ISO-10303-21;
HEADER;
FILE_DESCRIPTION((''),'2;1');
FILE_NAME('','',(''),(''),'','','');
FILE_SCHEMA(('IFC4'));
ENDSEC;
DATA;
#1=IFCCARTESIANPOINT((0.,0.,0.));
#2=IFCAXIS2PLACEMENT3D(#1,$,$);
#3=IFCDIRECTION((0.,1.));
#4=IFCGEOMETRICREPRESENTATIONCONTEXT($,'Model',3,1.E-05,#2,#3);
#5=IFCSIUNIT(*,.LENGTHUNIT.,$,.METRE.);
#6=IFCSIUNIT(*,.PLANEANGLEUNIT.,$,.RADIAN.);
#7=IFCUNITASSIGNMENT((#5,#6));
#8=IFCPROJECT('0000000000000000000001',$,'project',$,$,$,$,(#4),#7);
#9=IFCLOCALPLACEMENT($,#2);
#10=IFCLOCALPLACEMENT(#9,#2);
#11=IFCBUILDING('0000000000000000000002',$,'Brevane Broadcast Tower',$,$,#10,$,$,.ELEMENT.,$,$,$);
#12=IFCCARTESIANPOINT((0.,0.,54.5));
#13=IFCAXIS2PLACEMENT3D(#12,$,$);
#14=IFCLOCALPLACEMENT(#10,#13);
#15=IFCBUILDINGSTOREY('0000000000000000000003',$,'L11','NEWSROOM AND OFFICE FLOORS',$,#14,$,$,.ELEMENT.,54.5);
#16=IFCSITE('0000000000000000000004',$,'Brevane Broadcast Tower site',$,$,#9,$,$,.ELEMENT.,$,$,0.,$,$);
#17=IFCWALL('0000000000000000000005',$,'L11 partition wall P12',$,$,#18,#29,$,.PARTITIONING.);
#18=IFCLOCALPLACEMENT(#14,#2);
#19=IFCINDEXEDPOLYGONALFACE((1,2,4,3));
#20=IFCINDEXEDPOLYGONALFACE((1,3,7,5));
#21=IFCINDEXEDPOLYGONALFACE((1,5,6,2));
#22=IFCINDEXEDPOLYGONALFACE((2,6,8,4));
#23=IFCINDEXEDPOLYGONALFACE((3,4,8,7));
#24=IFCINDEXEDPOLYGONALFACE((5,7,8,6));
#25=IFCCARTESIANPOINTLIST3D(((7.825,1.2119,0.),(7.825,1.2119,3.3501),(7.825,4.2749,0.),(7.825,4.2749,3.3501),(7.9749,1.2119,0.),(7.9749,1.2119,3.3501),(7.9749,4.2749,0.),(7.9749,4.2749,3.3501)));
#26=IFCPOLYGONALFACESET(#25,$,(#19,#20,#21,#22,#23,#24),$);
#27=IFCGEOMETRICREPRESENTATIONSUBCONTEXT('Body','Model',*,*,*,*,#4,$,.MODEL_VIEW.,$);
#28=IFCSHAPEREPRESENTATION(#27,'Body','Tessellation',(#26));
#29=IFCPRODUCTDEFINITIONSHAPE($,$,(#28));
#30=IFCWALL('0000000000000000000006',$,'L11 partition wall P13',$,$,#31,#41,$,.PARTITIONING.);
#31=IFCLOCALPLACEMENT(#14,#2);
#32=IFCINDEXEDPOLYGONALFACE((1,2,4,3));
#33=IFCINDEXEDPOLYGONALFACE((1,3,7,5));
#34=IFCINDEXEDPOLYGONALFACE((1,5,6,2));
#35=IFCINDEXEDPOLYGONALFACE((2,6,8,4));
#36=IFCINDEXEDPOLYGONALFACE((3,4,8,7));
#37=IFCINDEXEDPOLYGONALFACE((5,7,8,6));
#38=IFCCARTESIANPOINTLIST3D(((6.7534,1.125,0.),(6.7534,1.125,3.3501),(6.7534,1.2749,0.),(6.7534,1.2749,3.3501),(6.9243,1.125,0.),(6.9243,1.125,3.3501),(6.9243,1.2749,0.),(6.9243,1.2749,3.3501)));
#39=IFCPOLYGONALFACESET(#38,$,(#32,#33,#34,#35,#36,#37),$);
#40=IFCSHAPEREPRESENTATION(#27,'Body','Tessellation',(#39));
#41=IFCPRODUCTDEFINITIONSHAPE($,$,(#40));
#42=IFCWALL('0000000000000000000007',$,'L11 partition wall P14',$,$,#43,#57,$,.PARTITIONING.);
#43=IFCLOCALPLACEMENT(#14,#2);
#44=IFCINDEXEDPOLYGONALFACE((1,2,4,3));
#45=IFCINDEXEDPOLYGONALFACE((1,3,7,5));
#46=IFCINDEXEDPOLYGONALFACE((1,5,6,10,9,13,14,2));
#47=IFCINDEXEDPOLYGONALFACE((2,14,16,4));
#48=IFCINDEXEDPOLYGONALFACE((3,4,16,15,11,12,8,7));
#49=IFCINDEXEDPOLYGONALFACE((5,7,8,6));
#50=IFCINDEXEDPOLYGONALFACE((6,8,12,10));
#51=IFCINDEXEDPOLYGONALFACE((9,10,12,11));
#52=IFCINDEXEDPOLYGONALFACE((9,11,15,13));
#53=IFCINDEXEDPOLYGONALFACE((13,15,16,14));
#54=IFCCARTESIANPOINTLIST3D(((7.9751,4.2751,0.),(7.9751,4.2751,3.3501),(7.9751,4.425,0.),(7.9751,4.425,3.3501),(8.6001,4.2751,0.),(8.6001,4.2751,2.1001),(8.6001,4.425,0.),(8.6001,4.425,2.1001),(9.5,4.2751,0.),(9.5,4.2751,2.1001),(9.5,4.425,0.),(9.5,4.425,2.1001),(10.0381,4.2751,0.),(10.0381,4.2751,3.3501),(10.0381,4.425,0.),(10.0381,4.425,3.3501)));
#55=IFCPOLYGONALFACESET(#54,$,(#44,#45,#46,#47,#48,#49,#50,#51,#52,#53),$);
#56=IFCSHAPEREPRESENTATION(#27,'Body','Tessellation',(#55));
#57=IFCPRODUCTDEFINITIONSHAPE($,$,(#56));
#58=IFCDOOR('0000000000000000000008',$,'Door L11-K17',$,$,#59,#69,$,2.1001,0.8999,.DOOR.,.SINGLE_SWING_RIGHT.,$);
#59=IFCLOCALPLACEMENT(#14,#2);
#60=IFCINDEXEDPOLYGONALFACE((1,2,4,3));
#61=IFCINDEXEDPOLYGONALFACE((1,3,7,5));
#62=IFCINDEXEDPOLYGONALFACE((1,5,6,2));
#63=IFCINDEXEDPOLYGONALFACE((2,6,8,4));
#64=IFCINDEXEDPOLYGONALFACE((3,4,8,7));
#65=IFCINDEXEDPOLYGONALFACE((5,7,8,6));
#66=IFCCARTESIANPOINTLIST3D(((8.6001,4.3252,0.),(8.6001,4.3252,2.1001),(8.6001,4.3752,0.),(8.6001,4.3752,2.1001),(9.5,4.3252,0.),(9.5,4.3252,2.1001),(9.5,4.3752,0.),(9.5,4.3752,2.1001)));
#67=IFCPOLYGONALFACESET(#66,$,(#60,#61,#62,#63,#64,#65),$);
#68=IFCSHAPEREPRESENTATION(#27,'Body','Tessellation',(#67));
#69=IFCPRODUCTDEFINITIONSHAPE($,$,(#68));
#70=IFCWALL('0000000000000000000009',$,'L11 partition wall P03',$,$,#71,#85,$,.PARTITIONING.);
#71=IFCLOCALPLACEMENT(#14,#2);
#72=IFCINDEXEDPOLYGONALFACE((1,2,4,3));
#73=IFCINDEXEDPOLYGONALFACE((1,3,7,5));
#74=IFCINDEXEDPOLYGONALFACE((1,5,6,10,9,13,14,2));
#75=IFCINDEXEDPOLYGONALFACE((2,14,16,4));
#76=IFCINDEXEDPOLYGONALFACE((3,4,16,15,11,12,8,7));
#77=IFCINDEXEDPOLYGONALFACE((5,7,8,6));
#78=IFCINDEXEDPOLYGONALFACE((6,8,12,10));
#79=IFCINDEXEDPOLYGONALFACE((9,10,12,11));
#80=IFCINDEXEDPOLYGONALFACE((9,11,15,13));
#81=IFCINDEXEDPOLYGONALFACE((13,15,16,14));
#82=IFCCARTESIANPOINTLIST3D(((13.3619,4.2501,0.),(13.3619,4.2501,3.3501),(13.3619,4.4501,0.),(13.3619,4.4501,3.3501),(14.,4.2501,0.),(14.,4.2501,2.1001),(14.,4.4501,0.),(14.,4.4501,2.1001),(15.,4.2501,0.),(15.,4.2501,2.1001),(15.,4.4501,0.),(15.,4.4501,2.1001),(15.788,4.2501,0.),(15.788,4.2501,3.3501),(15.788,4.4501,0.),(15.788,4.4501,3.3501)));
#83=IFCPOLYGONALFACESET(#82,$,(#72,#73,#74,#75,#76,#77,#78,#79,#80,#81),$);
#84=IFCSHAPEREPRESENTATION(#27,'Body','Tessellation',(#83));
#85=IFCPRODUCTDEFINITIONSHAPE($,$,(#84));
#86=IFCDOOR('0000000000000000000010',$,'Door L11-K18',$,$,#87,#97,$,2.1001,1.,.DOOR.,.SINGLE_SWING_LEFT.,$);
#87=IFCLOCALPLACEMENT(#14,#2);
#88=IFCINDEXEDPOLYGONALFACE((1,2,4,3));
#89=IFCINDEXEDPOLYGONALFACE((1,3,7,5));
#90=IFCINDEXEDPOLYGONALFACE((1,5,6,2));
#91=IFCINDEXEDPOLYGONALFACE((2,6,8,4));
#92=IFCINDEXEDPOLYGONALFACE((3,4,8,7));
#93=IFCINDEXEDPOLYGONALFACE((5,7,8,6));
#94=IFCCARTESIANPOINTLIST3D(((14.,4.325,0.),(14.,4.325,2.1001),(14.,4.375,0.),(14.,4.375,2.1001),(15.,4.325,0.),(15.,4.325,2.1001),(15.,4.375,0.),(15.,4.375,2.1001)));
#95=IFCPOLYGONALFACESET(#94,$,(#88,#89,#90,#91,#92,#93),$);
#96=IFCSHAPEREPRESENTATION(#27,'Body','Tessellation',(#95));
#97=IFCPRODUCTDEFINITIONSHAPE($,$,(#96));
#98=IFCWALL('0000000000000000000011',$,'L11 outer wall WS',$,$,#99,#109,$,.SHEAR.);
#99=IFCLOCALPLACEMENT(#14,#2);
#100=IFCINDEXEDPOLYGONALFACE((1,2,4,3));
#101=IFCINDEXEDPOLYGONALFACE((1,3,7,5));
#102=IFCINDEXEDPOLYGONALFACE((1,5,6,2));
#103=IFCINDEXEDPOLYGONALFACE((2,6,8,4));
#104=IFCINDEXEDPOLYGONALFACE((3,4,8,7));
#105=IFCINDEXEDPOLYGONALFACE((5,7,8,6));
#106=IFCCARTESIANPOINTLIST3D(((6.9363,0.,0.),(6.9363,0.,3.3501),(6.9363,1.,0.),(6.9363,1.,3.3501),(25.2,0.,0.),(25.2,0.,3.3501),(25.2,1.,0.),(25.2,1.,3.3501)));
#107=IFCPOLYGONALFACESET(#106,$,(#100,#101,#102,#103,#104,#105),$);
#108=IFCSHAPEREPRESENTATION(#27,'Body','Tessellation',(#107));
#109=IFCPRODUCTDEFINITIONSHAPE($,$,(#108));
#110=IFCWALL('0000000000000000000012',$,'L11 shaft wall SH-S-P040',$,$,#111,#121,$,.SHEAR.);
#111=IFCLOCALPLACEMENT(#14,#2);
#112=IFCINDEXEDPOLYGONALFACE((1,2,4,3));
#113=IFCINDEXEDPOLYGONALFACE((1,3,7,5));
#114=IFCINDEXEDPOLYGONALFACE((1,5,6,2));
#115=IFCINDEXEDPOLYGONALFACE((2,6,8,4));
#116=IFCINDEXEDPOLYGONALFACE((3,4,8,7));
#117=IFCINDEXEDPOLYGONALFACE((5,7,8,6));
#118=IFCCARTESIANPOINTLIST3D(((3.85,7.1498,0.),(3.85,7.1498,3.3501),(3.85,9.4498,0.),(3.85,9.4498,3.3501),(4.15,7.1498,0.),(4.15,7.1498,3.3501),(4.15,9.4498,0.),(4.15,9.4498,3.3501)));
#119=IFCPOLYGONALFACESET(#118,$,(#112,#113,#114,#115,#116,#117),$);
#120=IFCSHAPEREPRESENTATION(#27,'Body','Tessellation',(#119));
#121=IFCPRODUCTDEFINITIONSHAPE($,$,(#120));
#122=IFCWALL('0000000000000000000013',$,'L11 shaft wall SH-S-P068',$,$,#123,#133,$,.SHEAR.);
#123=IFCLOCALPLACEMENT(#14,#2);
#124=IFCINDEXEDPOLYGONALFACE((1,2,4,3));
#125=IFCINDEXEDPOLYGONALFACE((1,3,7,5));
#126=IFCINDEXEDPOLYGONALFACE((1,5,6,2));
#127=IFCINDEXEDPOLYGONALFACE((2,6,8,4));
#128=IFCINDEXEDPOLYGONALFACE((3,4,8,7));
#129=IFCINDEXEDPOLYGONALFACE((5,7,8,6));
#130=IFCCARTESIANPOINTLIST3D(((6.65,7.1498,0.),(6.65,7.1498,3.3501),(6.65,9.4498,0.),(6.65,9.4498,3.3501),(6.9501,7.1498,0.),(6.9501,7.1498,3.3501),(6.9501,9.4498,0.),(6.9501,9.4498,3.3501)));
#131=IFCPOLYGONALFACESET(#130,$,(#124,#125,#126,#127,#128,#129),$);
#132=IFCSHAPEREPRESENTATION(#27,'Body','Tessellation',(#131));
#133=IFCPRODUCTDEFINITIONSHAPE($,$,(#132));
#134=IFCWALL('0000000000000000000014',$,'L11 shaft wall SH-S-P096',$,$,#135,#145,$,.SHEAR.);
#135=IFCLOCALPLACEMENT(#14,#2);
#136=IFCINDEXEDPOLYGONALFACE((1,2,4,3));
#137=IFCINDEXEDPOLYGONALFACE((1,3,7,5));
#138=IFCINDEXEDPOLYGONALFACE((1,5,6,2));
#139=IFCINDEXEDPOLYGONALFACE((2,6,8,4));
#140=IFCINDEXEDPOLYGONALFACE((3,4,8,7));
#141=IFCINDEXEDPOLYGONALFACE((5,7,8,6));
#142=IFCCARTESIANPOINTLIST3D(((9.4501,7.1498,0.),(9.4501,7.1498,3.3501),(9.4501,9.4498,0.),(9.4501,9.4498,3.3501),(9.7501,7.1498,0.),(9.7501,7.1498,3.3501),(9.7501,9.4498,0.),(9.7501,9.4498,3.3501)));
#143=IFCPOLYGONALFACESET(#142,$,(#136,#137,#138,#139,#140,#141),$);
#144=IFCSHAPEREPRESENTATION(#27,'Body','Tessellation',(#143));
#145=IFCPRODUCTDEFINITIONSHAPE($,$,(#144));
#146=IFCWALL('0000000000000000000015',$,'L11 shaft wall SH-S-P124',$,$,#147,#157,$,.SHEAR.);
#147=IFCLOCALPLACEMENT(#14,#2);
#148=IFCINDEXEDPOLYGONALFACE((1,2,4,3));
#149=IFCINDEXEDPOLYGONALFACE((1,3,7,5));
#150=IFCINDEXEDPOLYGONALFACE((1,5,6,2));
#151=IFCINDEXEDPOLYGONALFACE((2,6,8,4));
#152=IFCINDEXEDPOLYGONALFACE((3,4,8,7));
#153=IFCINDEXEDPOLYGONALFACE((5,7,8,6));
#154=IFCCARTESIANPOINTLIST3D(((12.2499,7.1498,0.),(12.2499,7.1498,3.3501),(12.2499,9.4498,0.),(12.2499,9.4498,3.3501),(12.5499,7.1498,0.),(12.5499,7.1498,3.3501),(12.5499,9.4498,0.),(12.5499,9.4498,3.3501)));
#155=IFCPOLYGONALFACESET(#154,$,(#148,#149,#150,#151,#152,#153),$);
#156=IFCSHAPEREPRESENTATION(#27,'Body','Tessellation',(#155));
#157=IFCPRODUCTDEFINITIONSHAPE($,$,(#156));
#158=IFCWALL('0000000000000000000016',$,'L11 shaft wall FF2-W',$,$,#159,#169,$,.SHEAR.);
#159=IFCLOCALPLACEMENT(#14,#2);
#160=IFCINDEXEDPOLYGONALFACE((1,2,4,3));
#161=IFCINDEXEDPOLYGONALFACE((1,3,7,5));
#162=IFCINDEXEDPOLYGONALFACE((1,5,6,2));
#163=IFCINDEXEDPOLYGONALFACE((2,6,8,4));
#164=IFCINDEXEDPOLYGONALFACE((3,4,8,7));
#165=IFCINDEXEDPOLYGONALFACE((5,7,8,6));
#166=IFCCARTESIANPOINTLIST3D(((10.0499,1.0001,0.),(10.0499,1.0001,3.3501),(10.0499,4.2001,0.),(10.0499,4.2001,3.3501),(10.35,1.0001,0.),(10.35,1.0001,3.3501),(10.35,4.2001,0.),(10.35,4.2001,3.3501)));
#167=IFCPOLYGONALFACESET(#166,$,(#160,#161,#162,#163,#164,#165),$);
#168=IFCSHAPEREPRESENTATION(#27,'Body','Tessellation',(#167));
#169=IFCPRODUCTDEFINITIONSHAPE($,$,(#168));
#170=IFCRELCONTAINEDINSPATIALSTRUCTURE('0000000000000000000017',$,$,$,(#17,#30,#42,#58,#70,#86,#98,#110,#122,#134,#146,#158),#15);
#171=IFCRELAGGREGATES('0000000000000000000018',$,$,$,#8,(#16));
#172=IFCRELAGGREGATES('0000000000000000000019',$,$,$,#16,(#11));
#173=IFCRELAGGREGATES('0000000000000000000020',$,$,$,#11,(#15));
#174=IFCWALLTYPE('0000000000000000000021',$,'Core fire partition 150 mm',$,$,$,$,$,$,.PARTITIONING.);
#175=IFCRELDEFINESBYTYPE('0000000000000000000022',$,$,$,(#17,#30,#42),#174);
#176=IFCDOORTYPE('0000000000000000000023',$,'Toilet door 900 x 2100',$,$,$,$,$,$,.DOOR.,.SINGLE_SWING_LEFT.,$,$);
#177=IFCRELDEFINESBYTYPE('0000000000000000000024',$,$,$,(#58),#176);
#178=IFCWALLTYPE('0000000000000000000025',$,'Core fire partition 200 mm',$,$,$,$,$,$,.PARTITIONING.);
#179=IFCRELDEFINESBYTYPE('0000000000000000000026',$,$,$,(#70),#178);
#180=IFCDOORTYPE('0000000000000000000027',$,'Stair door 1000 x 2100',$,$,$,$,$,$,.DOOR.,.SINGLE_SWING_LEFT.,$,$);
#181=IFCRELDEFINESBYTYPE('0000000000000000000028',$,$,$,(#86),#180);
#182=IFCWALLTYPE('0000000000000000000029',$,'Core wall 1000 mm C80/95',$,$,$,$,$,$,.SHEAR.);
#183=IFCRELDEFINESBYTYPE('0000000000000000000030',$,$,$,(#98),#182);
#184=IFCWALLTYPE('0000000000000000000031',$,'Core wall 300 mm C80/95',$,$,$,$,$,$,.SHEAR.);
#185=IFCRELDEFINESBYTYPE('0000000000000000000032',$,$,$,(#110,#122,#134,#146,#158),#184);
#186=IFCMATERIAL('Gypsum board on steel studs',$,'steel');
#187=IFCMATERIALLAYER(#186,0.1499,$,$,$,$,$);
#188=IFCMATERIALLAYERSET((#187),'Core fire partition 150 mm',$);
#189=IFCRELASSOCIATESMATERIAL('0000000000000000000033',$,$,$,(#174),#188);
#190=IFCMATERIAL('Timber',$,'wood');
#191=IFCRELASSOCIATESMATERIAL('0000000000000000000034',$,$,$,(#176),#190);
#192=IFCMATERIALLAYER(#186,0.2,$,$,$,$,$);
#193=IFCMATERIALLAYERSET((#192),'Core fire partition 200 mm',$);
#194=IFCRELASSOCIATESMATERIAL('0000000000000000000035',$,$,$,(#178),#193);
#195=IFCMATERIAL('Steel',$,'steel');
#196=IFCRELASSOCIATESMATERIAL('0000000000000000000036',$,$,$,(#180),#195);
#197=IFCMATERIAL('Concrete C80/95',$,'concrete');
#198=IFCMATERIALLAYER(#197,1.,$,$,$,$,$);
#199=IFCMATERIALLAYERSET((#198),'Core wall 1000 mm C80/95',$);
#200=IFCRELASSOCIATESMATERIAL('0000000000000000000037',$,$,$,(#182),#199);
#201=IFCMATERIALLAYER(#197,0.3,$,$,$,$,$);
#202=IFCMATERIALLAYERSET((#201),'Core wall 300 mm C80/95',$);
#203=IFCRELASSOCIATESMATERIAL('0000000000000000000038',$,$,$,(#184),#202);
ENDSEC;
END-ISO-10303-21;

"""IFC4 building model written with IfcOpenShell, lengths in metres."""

from ifc_helpers import new_model, si_unit, direction, frame, frame_2d, origin, place, context, subcontext, project, spatial, rectangle, extrude, material, layer, layer_set, type_object, element, fill, save


model = new_model("IFC4")

# Units and contexts
model_context = context("Model", 3, precision=1e-05, world=origin(), true_north=direction((0.0, 1.0)))
body_context = subcontext(model_context, "Body", "Model", "MODEL_VIEW")
ifc_project = project(units=[si_unit("LENGTHUNIT", "METRE"), si_unit("PLANEANGLEUNIT", "RADIAN")], contexts=[model_context])

# Site, building, storey
site_placement = place(None, origin())
site = spatial("IfcSite", under=ifc_project, at=site_placement, Name="Brevane Broadcast Tower site", CompositionType="ELEMENT", RefElevation=0.0)
building_placement = place(site_placement, origin())
building = spatial("IfcBuilding", under=site, at=building_placement, Name="Brevane Broadcast Tower", CompositionType="ELEMENT")
storey_placement = place(building_placement, frame((0.0, 0.0, 54.5)))
storey = spatial("IfcBuildingStorey", under=building, at=storey_placement, Name="L11", Description="NEWSROOM AND OFFICE FLOORS", CompositionType="ELEMENT", Elevation=54.5)

# Shared definitions
ifc_material_1 = material(Name="Gypsum board on steel studs", Category="steel")
ifc_layer_1 = layer(ifc_material_1, 0.1499)
ifc_layer_set_1 = layer_set([ifc_layer_1], Name="Core fire partition 150 mm")
wall_type_1 = type_object("IfcWallType", Name="Core fire partition 150 mm", PredefinedType="PARTITIONING", material=ifc_layer_set_1)

# Shared definitions
ifc_material_2 = material(Name="Timber", Category="wood")
door_type_1 = type_object("IfcDoorType", Name="Toilet door 900 x 2100", OperationType="SINGLE_SWING_LEFT", PredefinedType="DOOR", material=ifc_material_2)

# Walls
wall_1_placement = place(storey_placement, frame((7.8999, 4.2749, 0.0), z_axis=(0.0, 0.0, 1.0), x_axis=(0.0, -1.0, 0.0)))
element("IfcWall", 1, at=wall_1_placement, inside=storey, type_object=wall_type_1, Name="L11 partition wall P12", PredefinedType="PARTITIONING", context=body_context, shape_type="SweptSolid", body=[
    extrude(rectangle(XDim=3.063, YDim=0.1499, at=frame_2d((1.5315, 0.0))), origin(), (0.0, 0.0, 1.0), 3.3501),
])
wall_2_placement = place(storey_placement, frame((6.9243, 1.2, 0.0), z_axis=(0.0, 0.0, 1.0), x_axis=(-1.0, 0.0, 0.0)))
element("IfcWall", 2, at=wall_2_placement, inside=storey, type_object=wall_type_1, Name="L11 partition wall P13", PredefinedType="PARTITIONING", context=body_context, shape_type="SweptSolid", body=[
    extrude(rectangle(XDim=0.1709, YDim=0.1499, at=frame_2d((0.0854, 0.0))), origin(), (0.0, 0.0, 1.0), 3.3501),
])

# Walls, openings, doors
wall_3_placement = place(storey_placement, frame((10.0381, 4.3501, 0.0), z_axis=(0.0, 0.0, 1.0), x_axis=(-1.0, 0.0, 0.0)))
wall_3 = element("IfcWall", 3, at=wall_3_placement, inside=storey, type_object=wall_type_1, Name="L11 partition wall P14", PredefinedType="PARTITIONING", context=body_context, shape_type="SweptSolid", body=[
    extrude(rectangle(XDim=2.063, YDim=0.1499, at=frame_2d((1.0315, 0.0))), origin(), (0.0, 0.0, 1.0), 3.3501),
])
opening_1_placement = place(wall_3_placement, frame((0.5381, 0.0, 0.0)))
opening_1 = element("IfcOpeningElement", 4, at=opening_1_placement, cuts=wall_3, PredefinedType="OPENING", context=body_context, shape_type="SweptSolid", body=[
    extrude(rectangle(XDim=0.8999, YDim=2.1001, at=frame_2d((0.45, 1.05))), frame((0.0, 0.085, 0.0), z_axis=(0.0, -1.0, 0.0), x_axis=(1.0, 0.0, 0.0)), (0.0, 0.0, 1.0), 0.1699),
])
door_1_placement = place(opening_1_placement, origin())
door_1 = element("IfcDoor", 5, at=door_1_placement, inside=storey, type_object=door_type_1, Name="Door L11-K17", OperationType="SINGLE_SWING_RIGHT", OverallHeight=2.1001, OverallWidth=0.8999, PredefinedType="DOOR", context=body_context, shape_type="SweptSolid", body=[
    extrude(rectangle(XDim=0.8999, YDim=2.1001, at=frame_2d((0.45, 1.05))), frame((0.0, 0.0249, 0.0), z_axis=(0.0, -1.0, 0.0), x_axis=(1.0, 0.0, 0.0)), (0.0, 0.0, 1.0), 0.05),
])
fill(opening_1, door_1)
ifc_layer_2 = layer(ifc_material_1, 0.2)
ifc_layer_set_2 = layer_set([ifc_layer_2], Name="Core fire partition 200 mm")
wall_type_2 = type_object("IfcWallType", Name="Core fire partition 200 mm", PredefinedType="PARTITIONING", material=ifc_layer_set_2)
wall_4_placement = place(storey_placement, frame((13.3621, 4.3501, 0.0), z_axis=(0.0, 0.0, 1.0), x_axis=(1.0, 0.0, 0.0)))
wall_4 = element("IfcWall", 6, at=wall_4_placement, inside=storey, type_object=wall_type_2, Name="L11 partition wall P03", PredefinedType="PARTITIONING", context=body_context, shape_type="SweptSolid", body=[
    extrude(rectangle(XDim=2.426, YDim=0.2, at=frame_2d((1.2129, 0.0))), origin(), (0.0, 0.0, 1.0), 3.3501),
])
opening_2_placement = place(wall_4_placement, frame((0.6379, 0.0, 0.0)))
opening_2 = element("IfcOpeningElement", 7, at=opening_2_placement, cuts=wall_4, PredefinedType="OPENING", context=body_context, shape_type="SweptSolid", body=[
    extrude(rectangle(XDim=1.0, YDim=2.1001, at=frame_2d((0.5, 1.05))), frame((0.0, 0.1099, 0.0), z_axis=(0.0, -1.0, 0.0), x_axis=(1.0, 0.0, 0.0)), (0.0, 0.0, 1.0), 0.22),
])
ifc_material_3 = material(Name="Steel", Category="steel")
door_type_2 = type_object("IfcDoorType", Name="Stair door 1000 x 2100", OperationType="SINGLE_SWING_LEFT", PredefinedType="DOOR", material=ifc_material_3)
door_2_placement = place(opening_2_placement, origin())
door_2 = element("IfcDoor", 8, at=door_2_placement, inside=storey, type_object=door_type_2, Name="Door L11-K18", OperationType="SINGLE_SWING_LEFT", OverallHeight=2.1001, OverallWidth=1.0, PredefinedType="DOOR", context=body_context, shape_type="SweptSolid", body=[
    extrude(rectangle(XDim=1.0, YDim=2.1001, at=frame_2d((0.5, 1.05))), frame((0.0, 0.0249, 0.0), z_axis=(0.0, -1.0, 0.0), x_axis=(1.0, 0.0, 0.0)), (0.0, 0.0, 1.0), 0.05),
])
fill(opening_2, door_2)

# Walls
ifc_material_4 = material(Name="Concrete C80/95", Category="concrete")
ifc_layer_3 = layer(ifc_material_4, 1.0)
ifc_layer_set_3 = layer_set([ifc_layer_3], Name="Core wall 1000 mm C80/95")
wall_type_3 = type_object("IfcWallType", Name="Core wall 1000 mm C80/95", PredefinedType="SHEAR", material=ifc_layer_set_3)
wall_5_placement = place(storey_placement, frame((6.9363, 0.5, 0.0), z_axis=(0.0, 0.0, 1.0), x_axis=(1.0, 0.0, 0.0)))
element("IfcWall", 9, at=wall_5_placement, inside=storey, type_object=wall_type_3, Name="L11 outer wall WS", PredefinedType="SHEAR", context=body_context, shape_type="SweptSolid", body=[
    extrude(rectangle(XDim=18.2637, YDim=1.0, at=frame_2d((9.1318, 0.0))), origin(), (0.0, 0.0, 1.0), 3.3501),
])
ifc_layer_4 = layer(ifc_material_4, 0.3)
ifc_layer_set_4 = layer_set([ifc_layer_4], Name="Core wall 300 mm C80/95")
wall_type_4 = type_object("IfcWallType", Name="Core wall 300 mm C80/95", PredefinedType="SHEAR", material=ifc_layer_set_4)
for number, where, z_axis, x_axis, name in (
    (10, (4.0, 7.1499, 0.0), (0.0, 0.0, 1.0), (0.0, 1.0, 0.0), "L11 shaft wall SH-S-P040"),
    (11, (6.8, 7.1499, 0.0), (0.0, 0.0, 1.0), (0.0, 1.0, 0.0), "L11 shaft wall SH-S-P068"),
    (12, (9.6001, 7.1499, 0.0), (0.0, 0.0, 1.0), (0.0, 1.0, 0.0), "L11 shaft wall SH-S-P096"),
    (13, (12.3999, 7.1499, 0.0), (0.0, 0.0, 1.0), (0.0, 1.0, 0.0), "L11 shaft wall SH-S-P124"),
):
    element("IfcWall", number, at=place(storey_placement, frame(where, z_axis=z_axis, x_axis=x_axis)), inside=storey, type_object=wall_type_4, Name=name, PredefinedType="SHEAR", context=body_context, shape_type="SweptSolid", body=[
        extrude(rectangle(XDim=2.3, YDim=0.3, at=frame_2d((1.1499, 0.0))), origin(), (0.0, 0.0, 1.0), 3.3501),
    ])
wall_6_placement = place(storey_placement, frame((10.2, 1.0, 0.0), z_axis=(0.0, 0.0, 1.0), x_axis=(0.0, 1.0, 0.0)))
element("IfcWall", 14, at=wall_6_placement, inside=storey, type_object=wall_type_4, Name="L11 shaft wall FF2-W", PredefinedType="SHEAR", context=body_context, shape_type="SweptSolid", body=[
    extrude(rectangle(XDim=3.2, YDim=0.3, at=frame_2d((1.6001, 0.0))), origin(), (0.0, 0.0, 1.0), 3.3501),
])

save(model, "model.ifc")
